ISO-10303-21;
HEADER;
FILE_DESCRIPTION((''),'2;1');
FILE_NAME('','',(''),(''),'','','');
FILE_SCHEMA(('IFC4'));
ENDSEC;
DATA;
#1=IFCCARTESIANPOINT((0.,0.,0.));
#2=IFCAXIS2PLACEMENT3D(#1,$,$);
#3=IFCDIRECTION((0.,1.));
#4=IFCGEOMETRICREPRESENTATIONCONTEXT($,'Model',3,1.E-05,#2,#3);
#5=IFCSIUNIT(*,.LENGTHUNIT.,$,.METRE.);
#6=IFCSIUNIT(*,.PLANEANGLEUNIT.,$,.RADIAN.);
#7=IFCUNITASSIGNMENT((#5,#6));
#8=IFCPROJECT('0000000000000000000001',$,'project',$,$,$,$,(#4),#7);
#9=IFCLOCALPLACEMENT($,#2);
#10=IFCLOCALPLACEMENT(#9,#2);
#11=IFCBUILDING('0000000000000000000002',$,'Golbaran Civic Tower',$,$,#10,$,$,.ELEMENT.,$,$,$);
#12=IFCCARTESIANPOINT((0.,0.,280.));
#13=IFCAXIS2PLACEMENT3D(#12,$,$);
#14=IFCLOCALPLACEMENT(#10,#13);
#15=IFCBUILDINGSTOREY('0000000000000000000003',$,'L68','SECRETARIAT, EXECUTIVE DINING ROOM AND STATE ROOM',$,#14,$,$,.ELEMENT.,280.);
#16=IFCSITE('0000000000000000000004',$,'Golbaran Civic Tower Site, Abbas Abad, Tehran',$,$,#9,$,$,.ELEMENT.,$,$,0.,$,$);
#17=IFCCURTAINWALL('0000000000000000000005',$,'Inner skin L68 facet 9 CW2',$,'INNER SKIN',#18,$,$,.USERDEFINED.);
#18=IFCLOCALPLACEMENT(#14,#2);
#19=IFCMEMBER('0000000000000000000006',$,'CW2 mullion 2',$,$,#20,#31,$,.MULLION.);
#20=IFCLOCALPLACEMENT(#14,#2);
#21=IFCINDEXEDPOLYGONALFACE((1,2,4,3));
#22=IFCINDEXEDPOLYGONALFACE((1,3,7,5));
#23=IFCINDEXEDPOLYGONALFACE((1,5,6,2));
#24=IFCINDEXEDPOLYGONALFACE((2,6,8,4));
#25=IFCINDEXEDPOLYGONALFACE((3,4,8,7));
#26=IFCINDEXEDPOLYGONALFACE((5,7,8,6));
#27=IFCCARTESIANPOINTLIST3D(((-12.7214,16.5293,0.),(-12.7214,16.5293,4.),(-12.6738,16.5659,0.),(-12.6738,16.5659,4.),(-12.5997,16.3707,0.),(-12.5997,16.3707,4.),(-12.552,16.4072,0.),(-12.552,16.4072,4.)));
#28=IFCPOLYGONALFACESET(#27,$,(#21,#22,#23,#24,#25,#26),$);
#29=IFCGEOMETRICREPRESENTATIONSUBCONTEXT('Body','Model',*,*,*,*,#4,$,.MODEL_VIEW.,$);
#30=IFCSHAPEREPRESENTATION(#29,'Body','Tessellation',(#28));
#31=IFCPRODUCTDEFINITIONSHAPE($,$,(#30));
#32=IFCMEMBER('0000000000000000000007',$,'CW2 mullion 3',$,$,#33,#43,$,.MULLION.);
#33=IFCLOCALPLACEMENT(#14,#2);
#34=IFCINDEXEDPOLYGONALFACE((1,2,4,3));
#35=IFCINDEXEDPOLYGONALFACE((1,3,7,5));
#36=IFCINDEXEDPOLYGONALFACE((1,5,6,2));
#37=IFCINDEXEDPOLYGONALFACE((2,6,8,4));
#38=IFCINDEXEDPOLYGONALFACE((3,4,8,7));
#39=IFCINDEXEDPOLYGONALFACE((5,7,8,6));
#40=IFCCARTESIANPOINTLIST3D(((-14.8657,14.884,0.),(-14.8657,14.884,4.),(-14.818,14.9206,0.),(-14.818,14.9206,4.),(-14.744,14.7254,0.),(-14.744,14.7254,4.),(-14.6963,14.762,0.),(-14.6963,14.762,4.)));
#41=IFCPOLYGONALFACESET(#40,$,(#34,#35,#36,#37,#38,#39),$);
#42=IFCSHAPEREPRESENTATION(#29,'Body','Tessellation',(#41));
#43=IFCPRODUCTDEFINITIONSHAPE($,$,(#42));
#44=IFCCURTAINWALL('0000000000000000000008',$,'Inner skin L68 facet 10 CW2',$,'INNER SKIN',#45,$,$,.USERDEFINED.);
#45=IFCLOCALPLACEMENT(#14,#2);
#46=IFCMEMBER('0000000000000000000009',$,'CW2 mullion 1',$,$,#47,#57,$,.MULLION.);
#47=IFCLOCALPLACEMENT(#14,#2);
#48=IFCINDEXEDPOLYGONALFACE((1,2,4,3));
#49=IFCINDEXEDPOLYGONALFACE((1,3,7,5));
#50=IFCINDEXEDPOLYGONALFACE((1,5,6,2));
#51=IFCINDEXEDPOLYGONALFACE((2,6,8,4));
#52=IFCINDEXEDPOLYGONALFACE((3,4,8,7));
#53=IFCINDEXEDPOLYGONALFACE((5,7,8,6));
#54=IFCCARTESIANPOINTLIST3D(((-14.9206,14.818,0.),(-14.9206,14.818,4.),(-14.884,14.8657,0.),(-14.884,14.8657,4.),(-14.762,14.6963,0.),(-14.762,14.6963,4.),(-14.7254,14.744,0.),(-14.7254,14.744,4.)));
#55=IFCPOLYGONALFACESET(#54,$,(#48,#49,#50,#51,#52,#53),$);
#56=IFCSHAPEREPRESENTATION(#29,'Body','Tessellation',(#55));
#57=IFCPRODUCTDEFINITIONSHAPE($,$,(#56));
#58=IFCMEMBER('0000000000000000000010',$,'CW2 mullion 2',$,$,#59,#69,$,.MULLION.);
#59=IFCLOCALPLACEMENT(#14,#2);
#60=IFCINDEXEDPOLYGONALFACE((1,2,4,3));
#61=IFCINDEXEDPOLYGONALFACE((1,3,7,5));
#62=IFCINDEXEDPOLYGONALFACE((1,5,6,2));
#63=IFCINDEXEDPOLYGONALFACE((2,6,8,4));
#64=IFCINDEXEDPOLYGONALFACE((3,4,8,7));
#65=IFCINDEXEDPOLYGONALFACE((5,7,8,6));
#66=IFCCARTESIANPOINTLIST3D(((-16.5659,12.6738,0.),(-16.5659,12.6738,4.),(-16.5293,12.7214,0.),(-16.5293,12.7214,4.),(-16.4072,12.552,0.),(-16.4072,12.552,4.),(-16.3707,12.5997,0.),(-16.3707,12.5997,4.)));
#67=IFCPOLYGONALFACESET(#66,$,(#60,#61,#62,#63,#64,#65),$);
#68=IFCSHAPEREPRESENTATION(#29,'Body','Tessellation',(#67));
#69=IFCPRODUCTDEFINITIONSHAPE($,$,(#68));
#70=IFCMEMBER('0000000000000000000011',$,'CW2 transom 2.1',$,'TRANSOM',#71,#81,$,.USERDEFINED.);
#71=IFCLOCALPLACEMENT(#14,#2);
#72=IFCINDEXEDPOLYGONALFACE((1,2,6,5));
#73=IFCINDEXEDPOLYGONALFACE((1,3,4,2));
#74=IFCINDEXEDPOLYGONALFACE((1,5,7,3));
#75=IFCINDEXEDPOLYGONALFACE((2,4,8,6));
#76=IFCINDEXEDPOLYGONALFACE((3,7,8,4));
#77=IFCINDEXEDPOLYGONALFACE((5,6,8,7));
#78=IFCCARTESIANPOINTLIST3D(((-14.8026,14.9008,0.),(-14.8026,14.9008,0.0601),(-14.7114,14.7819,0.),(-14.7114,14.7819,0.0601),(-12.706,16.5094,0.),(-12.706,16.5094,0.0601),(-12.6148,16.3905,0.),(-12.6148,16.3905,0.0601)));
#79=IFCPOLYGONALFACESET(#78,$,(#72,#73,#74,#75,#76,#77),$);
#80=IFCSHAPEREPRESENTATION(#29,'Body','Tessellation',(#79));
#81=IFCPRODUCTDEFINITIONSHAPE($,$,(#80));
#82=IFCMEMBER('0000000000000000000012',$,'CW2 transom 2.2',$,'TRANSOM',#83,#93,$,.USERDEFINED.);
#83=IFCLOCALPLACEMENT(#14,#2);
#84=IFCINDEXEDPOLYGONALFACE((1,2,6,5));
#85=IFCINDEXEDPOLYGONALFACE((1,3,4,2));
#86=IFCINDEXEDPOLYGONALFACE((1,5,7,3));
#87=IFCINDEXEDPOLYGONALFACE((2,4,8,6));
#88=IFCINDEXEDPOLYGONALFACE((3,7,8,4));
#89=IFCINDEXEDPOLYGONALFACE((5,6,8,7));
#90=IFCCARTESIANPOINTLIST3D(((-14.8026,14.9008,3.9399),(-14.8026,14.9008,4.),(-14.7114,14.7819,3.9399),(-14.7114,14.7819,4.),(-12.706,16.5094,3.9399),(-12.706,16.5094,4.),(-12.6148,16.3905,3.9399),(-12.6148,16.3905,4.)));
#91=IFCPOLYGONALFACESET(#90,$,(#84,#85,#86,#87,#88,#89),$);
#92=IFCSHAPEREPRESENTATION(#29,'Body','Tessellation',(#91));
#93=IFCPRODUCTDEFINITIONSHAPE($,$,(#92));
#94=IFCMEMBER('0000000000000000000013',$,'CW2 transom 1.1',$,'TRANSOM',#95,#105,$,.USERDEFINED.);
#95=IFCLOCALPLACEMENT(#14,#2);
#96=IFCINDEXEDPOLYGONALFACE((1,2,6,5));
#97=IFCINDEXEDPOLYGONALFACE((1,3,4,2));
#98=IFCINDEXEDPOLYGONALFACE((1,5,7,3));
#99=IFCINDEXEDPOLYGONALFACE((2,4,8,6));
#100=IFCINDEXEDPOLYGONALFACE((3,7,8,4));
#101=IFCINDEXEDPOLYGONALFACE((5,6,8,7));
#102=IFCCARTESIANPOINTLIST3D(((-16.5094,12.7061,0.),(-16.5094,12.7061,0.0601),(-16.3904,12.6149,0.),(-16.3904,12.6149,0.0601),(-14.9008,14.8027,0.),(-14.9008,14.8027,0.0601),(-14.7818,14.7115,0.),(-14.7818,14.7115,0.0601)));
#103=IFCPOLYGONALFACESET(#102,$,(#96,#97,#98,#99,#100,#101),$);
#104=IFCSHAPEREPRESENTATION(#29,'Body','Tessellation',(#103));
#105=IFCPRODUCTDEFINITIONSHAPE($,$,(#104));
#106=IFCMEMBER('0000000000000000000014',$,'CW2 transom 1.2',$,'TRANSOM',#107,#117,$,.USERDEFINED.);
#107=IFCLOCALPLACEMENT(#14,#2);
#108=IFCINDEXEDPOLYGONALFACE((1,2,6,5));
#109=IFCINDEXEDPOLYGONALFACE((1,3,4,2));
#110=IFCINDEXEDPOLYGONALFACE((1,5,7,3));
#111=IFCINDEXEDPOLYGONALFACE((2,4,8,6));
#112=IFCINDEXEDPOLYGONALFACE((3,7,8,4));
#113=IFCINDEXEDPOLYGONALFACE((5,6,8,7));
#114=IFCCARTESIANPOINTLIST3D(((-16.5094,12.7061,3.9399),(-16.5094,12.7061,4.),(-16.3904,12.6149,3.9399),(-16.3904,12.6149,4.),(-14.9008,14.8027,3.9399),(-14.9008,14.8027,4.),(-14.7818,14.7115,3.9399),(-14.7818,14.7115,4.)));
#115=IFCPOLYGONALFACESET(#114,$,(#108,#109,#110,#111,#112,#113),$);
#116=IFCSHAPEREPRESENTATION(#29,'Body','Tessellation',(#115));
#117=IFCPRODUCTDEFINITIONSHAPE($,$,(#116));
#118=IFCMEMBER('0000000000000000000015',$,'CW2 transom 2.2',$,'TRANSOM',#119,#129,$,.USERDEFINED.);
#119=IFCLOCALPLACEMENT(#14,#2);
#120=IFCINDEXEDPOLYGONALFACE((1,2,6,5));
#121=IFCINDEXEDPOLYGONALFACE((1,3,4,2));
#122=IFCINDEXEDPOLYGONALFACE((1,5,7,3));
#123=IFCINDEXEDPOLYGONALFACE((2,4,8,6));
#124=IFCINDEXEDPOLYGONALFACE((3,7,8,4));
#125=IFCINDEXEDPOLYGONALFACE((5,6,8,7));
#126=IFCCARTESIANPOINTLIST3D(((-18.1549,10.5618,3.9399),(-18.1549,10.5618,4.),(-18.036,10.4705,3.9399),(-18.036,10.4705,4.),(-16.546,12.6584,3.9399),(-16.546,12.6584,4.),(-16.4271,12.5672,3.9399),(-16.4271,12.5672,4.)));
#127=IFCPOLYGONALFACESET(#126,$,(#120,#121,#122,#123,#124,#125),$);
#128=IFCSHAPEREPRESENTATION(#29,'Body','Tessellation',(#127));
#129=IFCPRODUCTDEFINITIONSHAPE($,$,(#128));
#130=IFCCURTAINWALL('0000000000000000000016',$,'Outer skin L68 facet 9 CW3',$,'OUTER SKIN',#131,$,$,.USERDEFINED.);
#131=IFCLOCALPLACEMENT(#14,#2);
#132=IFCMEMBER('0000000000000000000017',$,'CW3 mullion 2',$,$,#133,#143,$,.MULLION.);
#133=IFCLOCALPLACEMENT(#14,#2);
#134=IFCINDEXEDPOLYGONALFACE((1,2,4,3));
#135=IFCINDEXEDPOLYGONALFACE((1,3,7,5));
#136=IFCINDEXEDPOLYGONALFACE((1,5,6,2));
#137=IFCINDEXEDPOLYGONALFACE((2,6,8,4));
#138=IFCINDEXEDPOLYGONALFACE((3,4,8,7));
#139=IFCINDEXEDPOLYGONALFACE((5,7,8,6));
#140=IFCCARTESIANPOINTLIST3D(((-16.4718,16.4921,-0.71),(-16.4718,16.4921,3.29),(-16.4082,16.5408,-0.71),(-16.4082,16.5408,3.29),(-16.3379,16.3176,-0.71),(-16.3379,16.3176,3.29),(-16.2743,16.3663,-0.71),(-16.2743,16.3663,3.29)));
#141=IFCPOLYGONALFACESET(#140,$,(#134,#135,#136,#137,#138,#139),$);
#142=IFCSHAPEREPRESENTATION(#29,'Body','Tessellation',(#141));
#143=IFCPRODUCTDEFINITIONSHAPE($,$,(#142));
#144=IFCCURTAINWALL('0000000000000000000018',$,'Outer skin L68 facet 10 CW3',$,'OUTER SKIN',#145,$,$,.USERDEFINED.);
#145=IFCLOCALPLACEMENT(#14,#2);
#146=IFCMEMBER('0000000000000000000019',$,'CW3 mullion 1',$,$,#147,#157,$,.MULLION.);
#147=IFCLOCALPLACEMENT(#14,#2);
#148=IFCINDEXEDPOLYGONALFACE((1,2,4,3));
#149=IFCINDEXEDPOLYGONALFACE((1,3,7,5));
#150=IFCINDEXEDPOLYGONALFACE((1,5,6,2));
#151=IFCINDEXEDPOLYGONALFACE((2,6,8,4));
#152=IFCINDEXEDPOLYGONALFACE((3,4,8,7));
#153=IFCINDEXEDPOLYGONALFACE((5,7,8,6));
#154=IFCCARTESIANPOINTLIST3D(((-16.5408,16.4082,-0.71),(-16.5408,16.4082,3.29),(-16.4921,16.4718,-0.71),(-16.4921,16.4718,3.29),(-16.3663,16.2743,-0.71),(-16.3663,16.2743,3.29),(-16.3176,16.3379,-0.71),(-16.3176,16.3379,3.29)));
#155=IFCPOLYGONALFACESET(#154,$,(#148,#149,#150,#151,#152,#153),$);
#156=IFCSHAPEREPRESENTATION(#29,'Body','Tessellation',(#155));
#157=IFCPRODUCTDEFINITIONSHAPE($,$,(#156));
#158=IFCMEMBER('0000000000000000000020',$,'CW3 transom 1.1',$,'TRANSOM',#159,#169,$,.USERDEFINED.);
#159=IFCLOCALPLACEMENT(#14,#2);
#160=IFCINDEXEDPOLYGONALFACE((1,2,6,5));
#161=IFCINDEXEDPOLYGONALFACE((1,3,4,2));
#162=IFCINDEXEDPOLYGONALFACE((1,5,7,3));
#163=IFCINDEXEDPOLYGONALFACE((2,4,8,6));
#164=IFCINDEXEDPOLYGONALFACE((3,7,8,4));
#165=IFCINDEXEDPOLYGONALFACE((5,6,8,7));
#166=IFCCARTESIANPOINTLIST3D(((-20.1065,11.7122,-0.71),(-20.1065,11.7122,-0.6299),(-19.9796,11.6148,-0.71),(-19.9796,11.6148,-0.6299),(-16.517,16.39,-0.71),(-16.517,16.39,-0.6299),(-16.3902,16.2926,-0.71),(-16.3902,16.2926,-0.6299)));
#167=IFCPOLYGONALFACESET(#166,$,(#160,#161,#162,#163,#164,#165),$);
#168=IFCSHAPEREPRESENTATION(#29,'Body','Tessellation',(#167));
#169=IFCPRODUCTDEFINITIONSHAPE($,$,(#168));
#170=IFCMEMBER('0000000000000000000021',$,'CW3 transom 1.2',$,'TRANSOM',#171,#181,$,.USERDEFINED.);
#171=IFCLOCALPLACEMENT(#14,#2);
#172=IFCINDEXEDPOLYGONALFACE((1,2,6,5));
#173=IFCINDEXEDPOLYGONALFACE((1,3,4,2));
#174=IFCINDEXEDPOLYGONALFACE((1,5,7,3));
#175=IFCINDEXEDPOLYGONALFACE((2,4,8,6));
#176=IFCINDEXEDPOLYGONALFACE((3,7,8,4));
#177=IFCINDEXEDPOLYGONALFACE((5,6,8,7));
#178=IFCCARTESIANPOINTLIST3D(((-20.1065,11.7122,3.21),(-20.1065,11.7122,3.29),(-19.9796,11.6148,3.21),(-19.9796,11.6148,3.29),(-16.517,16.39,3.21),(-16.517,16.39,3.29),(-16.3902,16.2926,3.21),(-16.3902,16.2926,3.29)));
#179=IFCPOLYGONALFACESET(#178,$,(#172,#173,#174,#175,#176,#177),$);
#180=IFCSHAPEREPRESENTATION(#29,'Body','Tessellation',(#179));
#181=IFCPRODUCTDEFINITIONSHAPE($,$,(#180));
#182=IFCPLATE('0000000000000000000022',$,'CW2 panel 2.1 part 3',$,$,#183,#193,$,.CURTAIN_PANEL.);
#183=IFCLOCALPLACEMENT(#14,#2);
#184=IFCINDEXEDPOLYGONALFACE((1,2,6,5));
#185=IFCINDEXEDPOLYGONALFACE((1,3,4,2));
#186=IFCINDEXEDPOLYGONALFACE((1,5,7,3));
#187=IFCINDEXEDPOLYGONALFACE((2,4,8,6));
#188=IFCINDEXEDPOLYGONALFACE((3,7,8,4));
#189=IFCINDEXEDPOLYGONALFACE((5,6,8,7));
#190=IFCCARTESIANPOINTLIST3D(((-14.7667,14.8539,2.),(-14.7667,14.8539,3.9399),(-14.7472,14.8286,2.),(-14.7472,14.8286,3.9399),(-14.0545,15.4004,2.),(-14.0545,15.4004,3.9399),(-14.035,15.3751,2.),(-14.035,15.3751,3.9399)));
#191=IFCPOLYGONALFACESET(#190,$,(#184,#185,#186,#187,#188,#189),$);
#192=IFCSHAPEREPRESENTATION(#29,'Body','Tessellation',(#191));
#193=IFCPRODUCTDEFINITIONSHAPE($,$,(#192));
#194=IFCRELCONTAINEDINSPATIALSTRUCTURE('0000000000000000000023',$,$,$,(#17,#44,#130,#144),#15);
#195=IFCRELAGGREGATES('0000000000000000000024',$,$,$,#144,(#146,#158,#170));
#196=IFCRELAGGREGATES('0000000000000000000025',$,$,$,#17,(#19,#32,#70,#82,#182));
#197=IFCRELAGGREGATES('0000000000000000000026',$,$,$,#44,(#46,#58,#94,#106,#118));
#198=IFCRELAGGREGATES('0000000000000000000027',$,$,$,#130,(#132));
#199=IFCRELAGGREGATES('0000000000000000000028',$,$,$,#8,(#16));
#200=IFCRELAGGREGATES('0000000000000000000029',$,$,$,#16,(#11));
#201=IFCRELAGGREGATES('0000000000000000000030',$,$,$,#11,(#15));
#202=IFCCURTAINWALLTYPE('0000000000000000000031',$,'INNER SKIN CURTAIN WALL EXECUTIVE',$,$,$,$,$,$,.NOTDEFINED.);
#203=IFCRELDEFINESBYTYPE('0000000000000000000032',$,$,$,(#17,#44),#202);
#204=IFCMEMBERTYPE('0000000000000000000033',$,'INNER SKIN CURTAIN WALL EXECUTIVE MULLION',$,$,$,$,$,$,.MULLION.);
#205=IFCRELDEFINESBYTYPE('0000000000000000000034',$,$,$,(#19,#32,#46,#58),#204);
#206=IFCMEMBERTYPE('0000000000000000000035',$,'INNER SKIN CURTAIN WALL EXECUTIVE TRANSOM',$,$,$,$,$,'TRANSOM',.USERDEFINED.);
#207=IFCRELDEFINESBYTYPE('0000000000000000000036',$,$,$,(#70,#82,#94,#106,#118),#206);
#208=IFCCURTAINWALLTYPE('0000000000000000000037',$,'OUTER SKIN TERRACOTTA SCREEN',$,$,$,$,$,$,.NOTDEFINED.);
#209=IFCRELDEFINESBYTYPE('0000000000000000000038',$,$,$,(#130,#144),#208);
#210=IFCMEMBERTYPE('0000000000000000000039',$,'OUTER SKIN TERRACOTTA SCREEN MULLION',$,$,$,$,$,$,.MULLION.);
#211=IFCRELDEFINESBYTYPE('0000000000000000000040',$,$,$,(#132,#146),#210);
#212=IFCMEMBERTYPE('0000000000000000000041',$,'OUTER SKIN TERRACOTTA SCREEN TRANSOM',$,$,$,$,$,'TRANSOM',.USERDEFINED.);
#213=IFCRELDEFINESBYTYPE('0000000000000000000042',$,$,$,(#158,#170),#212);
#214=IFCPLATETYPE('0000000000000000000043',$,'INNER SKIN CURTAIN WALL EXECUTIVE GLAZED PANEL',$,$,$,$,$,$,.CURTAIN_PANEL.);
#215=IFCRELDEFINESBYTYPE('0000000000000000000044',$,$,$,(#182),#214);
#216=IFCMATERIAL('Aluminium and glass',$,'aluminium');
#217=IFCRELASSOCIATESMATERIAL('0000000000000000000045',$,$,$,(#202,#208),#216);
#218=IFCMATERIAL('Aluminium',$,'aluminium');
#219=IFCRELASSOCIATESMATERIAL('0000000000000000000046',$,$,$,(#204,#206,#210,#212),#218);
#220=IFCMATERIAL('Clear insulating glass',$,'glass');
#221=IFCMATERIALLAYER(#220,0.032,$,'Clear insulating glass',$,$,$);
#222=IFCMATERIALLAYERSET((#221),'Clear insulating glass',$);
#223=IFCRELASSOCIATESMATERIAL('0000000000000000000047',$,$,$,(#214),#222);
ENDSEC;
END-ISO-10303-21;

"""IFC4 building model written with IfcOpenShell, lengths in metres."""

from ifc_helpers import new_model, si_unit, direction, frame, origin, origin_2d, place, context, subcontext, project, spatial, rectangle, extrude, material, layer, layer_set, material_profile, profile_set, type_object, element, aggregate, save


model = new_model("IFC4")

# Units and contexts
model_context = context("Model", 3, precision=1e-05, world=origin(), true_north=direction((0.0, 1.0)))
body_context = subcontext(model_context, "Body", "Model", "MODEL_VIEW")
ifc_project = project(units=[si_unit("LENGTHUNIT", "METRE"), si_unit("PLANEANGLEUNIT", "RADIAN")], contexts=[model_context])

# Site, building, storey
site_placement = place(None, origin())
site = spatial("IfcSite", under=ifc_project, at=site_placement, Name="Golbaran Civic Tower Site, Abbas Abad, Tehran", CompositionType="ELEMENT", RefElevation=0.0)
building_placement = place(site_placement, origin())
building = spatial("IfcBuilding", under=site, at=building_placement, Name="Golbaran Civic Tower", CompositionType="ELEMENT")
storey_placement = place(building_placement, frame((0.0, 0.0, 280.0)))
storey = spatial("IfcBuildingStorey", under=building, at=storey_placement, Name="L68", Description="SECRETARIAT, EXECUTIVE DINING ROOM AND STATE ROOM", CompositionType="ELEMENT", Elevation=280.0)

# Curtain walls, members
ifc_material_1 = material(Name="Aluminium and glass", Category="aluminium")
curtain_wall_type_1 = type_object("IfcCurtainWallType", Name="INNER SKIN CURTAIN WALL EXECUTIVE", PredefinedType="NOTDEFINED", material=ifc_material_1)
curtain_wall_1_placement = place(storey_placement, origin())
curtain_wall_1 = element("IfcCurtainWall", 1, at=curtain_wall_1_placement, inside=storey, type_object=curtain_wall_type_1, Name="Inner skin L68 facet 9 CW2", ObjectType="INNER SKIN", PredefinedType="USERDEFINED")
ifc_material_2 = material(Name="Aluminium", Category="aluminium")
ifc_material_profile_1 = material_profile(ifc_material_2, rectangle(XDim=0.2, YDim=0.0601, at=origin_2d()), Name="INNER SKIN CURTAIN WALL EXECUTIVE MULLION")
ifc_profile_set_1 = profile_set([ifc_material_profile_1], Name="Aluminium")
member_type_1 = type_object("IfcMemberType", Name="INNER SKIN CURTAIN WALL EXECUTIVE MULLION", PredefinedType="MULLION", material=ifc_profile_set_1)
member_1_placement = place(storey_placement, frame((-12.6367, 16.4683, 0.0), z_axis=(0.0, 0.0, 1.0), x_axis=(0.608761, -0.793353, 0.0)))
member_1 = element("IfcMember", 2, at=member_1_placement, type_object=member_type_1, Name="CW2 mullion 2", PredefinedType="MULLION", context=body_context, shape_type="SweptSolid", body=[
    extrude(rectangle(XDim=0.2, YDim=0.0601, at=origin_2d()), origin(), (0.0, 0.0, 1.0), 4.0),
])
member_2_placement = place(storey_placement, frame((-14.781, 14.823, 0.0), z_axis=(0.0, 0.0, 1.0), x_axis=(0.608761, -0.793353, 0.0)))
member_2 = element("IfcMember", 3, at=member_2_placement, type_object=member_type_1, Name="CW2 mullion 3", PredefinedType="MULLION", context=body_context, shape_type="SweptSolid", body=[
    extrude(rectangle(XDim=0.2, YDim=0.0601, at=origin_2d()), origin(), (0.0, 0.0, 1.0), 4.0),
])
curtain_wall_2_placement = place(storey_placement, origin())
curtain_wall_2 = element("IfcCurtainWall", 4, at=curtain_wall_2_placement, inside=storey, type_object=curtain_wall_type_1, Name="Inner skin L68 facet 10 CW2", ObjectType="INNER SKIN", PredefinedType="USERDEFINED")
member_3_placement = place(storey_placement, frame((-14.823, 14.781, 0.0), z_axis=(0.0, 0.0, 1.0), x_axis=(0.793353, -0.608761, 0.0)))
member_3 = element("IfcMember", 5, at=member_3_placement, type_object=member_type_1, Name="CW2 mullion 1", PredefinedType="MULLION", context=body_context, shape_type="SweptSolid", body=[
    extrude(rectangle(XDim=0.2, YDim=0.0601, at=origin_2d()), origin(), (0.0, 0.0, 1.0), 4.0),
])
member_4_placement = place(storey_placement, frame((-16.4683, 12.6367, 0.0), z_axis=(0.0, 0.0, 1.0), x_axis=(0.793353, -0.608761, 0.0)))
member_4 = element("IfcMember", 6, at=member_4_placement, type_object=member_type_1, Name="CW2 mullion 2", PredefinedType="MULLION", context=body_context, shape_type="SweptSolid", body=[
    extrude(rectangle(XDim=0.2, YDim=0.0601, at=origin_2d()), origin(), (0.0, 0.0, 1.0), 4.0),
])

# Members
ifc_material_profile_2 = material_profile(ifc_material_2, rectangle(XDim=0.1499, YDim=0.0601, at=origin_2d()), Name="INNER SKIN CURTAIN WALL EXECUTIVE TRANSOM")
ifc_profile_set_2 = profile_set([ifc_material_profile_2], Name="Aluminium")
member_type_2 = type_object("IfcMemberType", Name="INNER SKIN CURTAIN WALL EXECUTIVE TRANSOM", ElementType="TRANSOM", PredefinedType="USERDEFINED", material=ifc_profile_set_2)
member_5_placement = place(storey_placement, frame((-12.6604, 16.45, 0.03), z_axis=(-0.793389, -0.608715, 0.0), x_axis=(0.608715, -0.793389, 0.0)))
member_5 = element("IfcMember", 7, at=member_5_placement, type_object=member_type_2, Name="CW2 transom 2.1", ObjectType="TRANSOM", PredefinedType="USERDEFINED", context=body_context, shape_type="SweptSolid", body=[
    extrude(rectangle(XDim=0.1499, YDim=0.0601, at=origin_2d()), origin(), (0.0, 0.0, 1.0), 2.6426),
])
member_6_placement = place(storey_placement, frame((-12.6604, 16.45, 3.97), z_axis=(-0.793389, -0.608715, 0.0), x_axis=(0.608715, -0.793389, 0.0)))
member_6 = element("IfcMember", 8, at=member_6_placement, type_object=member_type_2, Name="CW2 transom 2.2", ObjectType="TRANSOM", PredefinedType="USERDEFINED", context=body_context, shape_type="SweptSolid", body=[
    extrude(rectangle(XDim=0.1499, YDim=0.0601, at=origin_2d()), origin(), (0.0, 0.0, 1.0), 2.6426),
])
member_7_placement = place(storey_placement, frame((-14.8413, 14.7571, 0.03), z_axis=(-0.608715, -0.793389, 0.0), x_axis=(0.793389, -0.608715, 0.0)))
member_7 = element("IfcMember", 9, at=member_7_placement, type_object=member_type_2, Name="CW2 transom 1.1", ObjectType="TRANSOM", PredefinedType="USERDEFINED", context=body_context, shape_type="SweptSolid", body=[
    extrude(rectangle(XDim=0.1499, YDim=0.0601, at=origin_2d()), origin(), (0.0, 0.0, 1.0), 2.6426),
])
member_8_placement = place(storey_placement, frame((-14.8413, 14.7571, 3.97), z_axis=(-0.608715, -0.793389, 0.0), x_axis=(0.793389, -0.608715, 0.0)))
member_8 = element("IfcMember", 10, at=member_8_placement, type_object=member_type_2, Name="CW2 transom 1.2", ObjectType="TRANSOM", PredefinedType="USERDEFINED", context=body_context, shape_type="SweptSolid", body=[
    extrude(rectangle(XDim=0.1499, YDim=0.0601, at=origin_2d()), origin(), (0.0, 0.0, 1.0), 2.6426),
])
member_9_placement = place(storey_placement, frame((-16.4866, 12.6128, 3.97), z_axis=(-0.608773, -0.793345, 0.0), x_axis=(0.793345, -0.608773, 0.0)))
member_9 = element("IfcMember", 11, at=member_9_placement, type_object=member_type_2, Name="CW2 transom 2.2", ObjectType="TRANSOM", PredefinedType="USERDEFINED", context=body_context, shape_type="SweptSolid", body=[
    extrude(rectangle(XDim=0.1499, YDim=0.0601, at=origin_2d()), origin(), (0.0, 0.0, 1.0), 2.6428),
])

# Curtain wall, member
curtain_wall_type_2 = type_object("IfcCurtainWallType", Name="OUTER SKIN TERRACOTTA SCREEN", PredefinedType="NOTDEFINED", material=ifc_material_1)
curtain_wall_3_placement = place(storey_placement, origin())
curtain_wall_3 = element("IfcCurtainWall", 12, at=curtain_wall_3_placement, inside=storey, type_object=curtain_wall_type_2, Name="Outer skin L68 facet 9 CW3", ObjectType="OUTER SKIN", PredefinedType="USERDEFINED")
ifc_material_profile_3 = material_profile(ifc_material_2, rectangle(XDim=0.22, YDim=0.0801, at=origin_2d()), Name="OUTER SKIN TERRACOTTA SCREEN MULLION")
ifc_profile_set_3 = profile_set([ifc_material_profile_3], Name="Aluminium")
member_type_3 = type_object("IfcMemberType", Name="OUTER SKIN TERRACOTTA SCREEN MULLION", PredefinedType="MULLION", material=ifc_profile_set_3)
member_10_placement = place(storey_placement, frame((-16.373, 16.4292, -0.71), z_axis=(0.0, 0.0, 1.0), x_axis=(0.608761, -0.793353, 0.0)))
member_10 = element("IfcMember", 13, at=member_10_placement, type_object=member_type_3, Name="CW3 mullion 2", PredefinedType="MULLION", context=body_context, shape_type="SweptSolid", body=[
    extrude(rectangle(XDim=0.22, YDim=0.0801, at=origin_2d()), origin(), (0.0, 0.0, 1.0), 4.0),
])

# Curtain wall, members
curtain_wall_4_placement = place(storey_placement, origin())
curtain_wall_4 = element("IfcCurtainWall", 14, at=curtain_wall_4_placement, inside=storey, type_object=curtain_wall_type_2, Name="Outer skin L68 facet 10 CW3", ObjectType="OUTER SKIN", PredefinedType="USERDEFINED")
member_11_placement = place(storey_placement, frame((-16.4292, 16.373, -0.71), z_axis=(0.0, 0.0, 1.0), x_axis=(0.793353, -0.608761, 0.0)))
member_11 = element("IfcMember", 15, at=member_11_placement, type_object=member_type_3, Name="CW3 mullion 1", PredefinedType="MULLION", context=body_context, shape_type="SweptSolid", body=[
    extrude(rectangle(XDim=0.22, YDim=0.0801, at=origin_2d()), origin(), (0.0, 0.0, 1.0), 4.0),
])
ifc_material_profile_4 = material_profile(ifc_material_2, rectangle(XDim=0.1599, YDim=0.0801, at=origin_2d()), Name="OUTER SKIN TERRACOTTA SCREEN TRANSOM")
ifc_profile_set_4 = profile_set([ifc_material_profile_4], Name="Aluminium")
member_type_4 = type_object("IfcMemberType", Name="OUTER SKIN TERRACOTTA SCREEN TRANSOM", ElementType="TRANSOM", PredefinedType="USERDEFINED", material=ifc_profile_set_4)
member_12_placement = place(storey_placement, frame((-16.4536, 16.3413, -0.6699), z_axis=(-0.608762, -0.793353, 0.0), x_axis=(0.793353, -0.608762, 0.0)))
member_12 = element("IfcMember", 16, at=member_12_placement, type_object=member_type_4, Name="CW3 transom 1.1", ObjectType="TRANSOM", PredefinedType="USERDEFINED", context=body_context, shape_type="SweptSolid", body=[
    extrude(rectangle(XDim=0.1599, YDim=0.0801, at=origin_2d()), origin(), (0.0, 0.0, 1.0), 5.8962),
])
member_13_placement = place(storey_placement, frame((-16.4536, 16.3413, 3.25), z_axis=(-0.608762, -0.793353, 0.0), x_axis=(0.793353, -0.608762, 0.0)))
member_13 = element("IfcMember", 17, at=member_13_placement, type_object=member_type_4, Name="CW3 transom 1.2", ObjectType="TRANSOM", PredefinedType="USERDEFINED", context=body_context, shape_type="SweptSolid", body=[
    extrude(rectangle(XDim=0.1599, YDim=0.0801, at=origin_2d()), origin(), (0.0, 0.0, 1.0), 5.8962),
])
aggregate(curtain_wall_4, [member_11, member_12, member_13])

# Plate
ifc_material_3 = material(Name="Clear insulating glass", Category="glass")
ifc_layer_1 = layer(ifc_material_3, 0.032, Name="Clear insulating glass")
ifc_layer_set_1 = layer_set([ifc_layer_1], Name="Clear insulating glass")
plate_type_1 = type_object("IfcPlateType", Name="INNER SKIN CURTAIN WALL EXECUTIVE GLAZED PANEL", PredefinedType="CURTAIN_PANEL", material=ifc_layer_set_1)
plate_1_placement = place(storey_placement, frame((-14.4009, 15.1145, 2.0), z_axis=(0.0, 0.0, 1.0), x_axis=(-0.793353, -0.608761, 0.0)))
plate_1 = element("IfcPlate", 18, at=plate_1_placement, type_object=plate_type_1, Name="CW2 panel 2.1 part 3", PredefinedType="CURTAIN_PANEL", context=body_context, shape_type="SweptSolid", body=[
    extrude(rectangle(XDim=0.8977, YDim=0.032, at=origin_2d()), origin(), (0.0, 0.0, 1.0), 1.9399),
])
aggregate(curtain_wall_1, [member_1, member_2, member_5, member_6, plate_1])
aggregate(curtain_wall_2, [member_3, member_4, member_7, member_8, member_9])
aggregate(curtain_wall_3, [member_10])

save(model, "model.ifc")
